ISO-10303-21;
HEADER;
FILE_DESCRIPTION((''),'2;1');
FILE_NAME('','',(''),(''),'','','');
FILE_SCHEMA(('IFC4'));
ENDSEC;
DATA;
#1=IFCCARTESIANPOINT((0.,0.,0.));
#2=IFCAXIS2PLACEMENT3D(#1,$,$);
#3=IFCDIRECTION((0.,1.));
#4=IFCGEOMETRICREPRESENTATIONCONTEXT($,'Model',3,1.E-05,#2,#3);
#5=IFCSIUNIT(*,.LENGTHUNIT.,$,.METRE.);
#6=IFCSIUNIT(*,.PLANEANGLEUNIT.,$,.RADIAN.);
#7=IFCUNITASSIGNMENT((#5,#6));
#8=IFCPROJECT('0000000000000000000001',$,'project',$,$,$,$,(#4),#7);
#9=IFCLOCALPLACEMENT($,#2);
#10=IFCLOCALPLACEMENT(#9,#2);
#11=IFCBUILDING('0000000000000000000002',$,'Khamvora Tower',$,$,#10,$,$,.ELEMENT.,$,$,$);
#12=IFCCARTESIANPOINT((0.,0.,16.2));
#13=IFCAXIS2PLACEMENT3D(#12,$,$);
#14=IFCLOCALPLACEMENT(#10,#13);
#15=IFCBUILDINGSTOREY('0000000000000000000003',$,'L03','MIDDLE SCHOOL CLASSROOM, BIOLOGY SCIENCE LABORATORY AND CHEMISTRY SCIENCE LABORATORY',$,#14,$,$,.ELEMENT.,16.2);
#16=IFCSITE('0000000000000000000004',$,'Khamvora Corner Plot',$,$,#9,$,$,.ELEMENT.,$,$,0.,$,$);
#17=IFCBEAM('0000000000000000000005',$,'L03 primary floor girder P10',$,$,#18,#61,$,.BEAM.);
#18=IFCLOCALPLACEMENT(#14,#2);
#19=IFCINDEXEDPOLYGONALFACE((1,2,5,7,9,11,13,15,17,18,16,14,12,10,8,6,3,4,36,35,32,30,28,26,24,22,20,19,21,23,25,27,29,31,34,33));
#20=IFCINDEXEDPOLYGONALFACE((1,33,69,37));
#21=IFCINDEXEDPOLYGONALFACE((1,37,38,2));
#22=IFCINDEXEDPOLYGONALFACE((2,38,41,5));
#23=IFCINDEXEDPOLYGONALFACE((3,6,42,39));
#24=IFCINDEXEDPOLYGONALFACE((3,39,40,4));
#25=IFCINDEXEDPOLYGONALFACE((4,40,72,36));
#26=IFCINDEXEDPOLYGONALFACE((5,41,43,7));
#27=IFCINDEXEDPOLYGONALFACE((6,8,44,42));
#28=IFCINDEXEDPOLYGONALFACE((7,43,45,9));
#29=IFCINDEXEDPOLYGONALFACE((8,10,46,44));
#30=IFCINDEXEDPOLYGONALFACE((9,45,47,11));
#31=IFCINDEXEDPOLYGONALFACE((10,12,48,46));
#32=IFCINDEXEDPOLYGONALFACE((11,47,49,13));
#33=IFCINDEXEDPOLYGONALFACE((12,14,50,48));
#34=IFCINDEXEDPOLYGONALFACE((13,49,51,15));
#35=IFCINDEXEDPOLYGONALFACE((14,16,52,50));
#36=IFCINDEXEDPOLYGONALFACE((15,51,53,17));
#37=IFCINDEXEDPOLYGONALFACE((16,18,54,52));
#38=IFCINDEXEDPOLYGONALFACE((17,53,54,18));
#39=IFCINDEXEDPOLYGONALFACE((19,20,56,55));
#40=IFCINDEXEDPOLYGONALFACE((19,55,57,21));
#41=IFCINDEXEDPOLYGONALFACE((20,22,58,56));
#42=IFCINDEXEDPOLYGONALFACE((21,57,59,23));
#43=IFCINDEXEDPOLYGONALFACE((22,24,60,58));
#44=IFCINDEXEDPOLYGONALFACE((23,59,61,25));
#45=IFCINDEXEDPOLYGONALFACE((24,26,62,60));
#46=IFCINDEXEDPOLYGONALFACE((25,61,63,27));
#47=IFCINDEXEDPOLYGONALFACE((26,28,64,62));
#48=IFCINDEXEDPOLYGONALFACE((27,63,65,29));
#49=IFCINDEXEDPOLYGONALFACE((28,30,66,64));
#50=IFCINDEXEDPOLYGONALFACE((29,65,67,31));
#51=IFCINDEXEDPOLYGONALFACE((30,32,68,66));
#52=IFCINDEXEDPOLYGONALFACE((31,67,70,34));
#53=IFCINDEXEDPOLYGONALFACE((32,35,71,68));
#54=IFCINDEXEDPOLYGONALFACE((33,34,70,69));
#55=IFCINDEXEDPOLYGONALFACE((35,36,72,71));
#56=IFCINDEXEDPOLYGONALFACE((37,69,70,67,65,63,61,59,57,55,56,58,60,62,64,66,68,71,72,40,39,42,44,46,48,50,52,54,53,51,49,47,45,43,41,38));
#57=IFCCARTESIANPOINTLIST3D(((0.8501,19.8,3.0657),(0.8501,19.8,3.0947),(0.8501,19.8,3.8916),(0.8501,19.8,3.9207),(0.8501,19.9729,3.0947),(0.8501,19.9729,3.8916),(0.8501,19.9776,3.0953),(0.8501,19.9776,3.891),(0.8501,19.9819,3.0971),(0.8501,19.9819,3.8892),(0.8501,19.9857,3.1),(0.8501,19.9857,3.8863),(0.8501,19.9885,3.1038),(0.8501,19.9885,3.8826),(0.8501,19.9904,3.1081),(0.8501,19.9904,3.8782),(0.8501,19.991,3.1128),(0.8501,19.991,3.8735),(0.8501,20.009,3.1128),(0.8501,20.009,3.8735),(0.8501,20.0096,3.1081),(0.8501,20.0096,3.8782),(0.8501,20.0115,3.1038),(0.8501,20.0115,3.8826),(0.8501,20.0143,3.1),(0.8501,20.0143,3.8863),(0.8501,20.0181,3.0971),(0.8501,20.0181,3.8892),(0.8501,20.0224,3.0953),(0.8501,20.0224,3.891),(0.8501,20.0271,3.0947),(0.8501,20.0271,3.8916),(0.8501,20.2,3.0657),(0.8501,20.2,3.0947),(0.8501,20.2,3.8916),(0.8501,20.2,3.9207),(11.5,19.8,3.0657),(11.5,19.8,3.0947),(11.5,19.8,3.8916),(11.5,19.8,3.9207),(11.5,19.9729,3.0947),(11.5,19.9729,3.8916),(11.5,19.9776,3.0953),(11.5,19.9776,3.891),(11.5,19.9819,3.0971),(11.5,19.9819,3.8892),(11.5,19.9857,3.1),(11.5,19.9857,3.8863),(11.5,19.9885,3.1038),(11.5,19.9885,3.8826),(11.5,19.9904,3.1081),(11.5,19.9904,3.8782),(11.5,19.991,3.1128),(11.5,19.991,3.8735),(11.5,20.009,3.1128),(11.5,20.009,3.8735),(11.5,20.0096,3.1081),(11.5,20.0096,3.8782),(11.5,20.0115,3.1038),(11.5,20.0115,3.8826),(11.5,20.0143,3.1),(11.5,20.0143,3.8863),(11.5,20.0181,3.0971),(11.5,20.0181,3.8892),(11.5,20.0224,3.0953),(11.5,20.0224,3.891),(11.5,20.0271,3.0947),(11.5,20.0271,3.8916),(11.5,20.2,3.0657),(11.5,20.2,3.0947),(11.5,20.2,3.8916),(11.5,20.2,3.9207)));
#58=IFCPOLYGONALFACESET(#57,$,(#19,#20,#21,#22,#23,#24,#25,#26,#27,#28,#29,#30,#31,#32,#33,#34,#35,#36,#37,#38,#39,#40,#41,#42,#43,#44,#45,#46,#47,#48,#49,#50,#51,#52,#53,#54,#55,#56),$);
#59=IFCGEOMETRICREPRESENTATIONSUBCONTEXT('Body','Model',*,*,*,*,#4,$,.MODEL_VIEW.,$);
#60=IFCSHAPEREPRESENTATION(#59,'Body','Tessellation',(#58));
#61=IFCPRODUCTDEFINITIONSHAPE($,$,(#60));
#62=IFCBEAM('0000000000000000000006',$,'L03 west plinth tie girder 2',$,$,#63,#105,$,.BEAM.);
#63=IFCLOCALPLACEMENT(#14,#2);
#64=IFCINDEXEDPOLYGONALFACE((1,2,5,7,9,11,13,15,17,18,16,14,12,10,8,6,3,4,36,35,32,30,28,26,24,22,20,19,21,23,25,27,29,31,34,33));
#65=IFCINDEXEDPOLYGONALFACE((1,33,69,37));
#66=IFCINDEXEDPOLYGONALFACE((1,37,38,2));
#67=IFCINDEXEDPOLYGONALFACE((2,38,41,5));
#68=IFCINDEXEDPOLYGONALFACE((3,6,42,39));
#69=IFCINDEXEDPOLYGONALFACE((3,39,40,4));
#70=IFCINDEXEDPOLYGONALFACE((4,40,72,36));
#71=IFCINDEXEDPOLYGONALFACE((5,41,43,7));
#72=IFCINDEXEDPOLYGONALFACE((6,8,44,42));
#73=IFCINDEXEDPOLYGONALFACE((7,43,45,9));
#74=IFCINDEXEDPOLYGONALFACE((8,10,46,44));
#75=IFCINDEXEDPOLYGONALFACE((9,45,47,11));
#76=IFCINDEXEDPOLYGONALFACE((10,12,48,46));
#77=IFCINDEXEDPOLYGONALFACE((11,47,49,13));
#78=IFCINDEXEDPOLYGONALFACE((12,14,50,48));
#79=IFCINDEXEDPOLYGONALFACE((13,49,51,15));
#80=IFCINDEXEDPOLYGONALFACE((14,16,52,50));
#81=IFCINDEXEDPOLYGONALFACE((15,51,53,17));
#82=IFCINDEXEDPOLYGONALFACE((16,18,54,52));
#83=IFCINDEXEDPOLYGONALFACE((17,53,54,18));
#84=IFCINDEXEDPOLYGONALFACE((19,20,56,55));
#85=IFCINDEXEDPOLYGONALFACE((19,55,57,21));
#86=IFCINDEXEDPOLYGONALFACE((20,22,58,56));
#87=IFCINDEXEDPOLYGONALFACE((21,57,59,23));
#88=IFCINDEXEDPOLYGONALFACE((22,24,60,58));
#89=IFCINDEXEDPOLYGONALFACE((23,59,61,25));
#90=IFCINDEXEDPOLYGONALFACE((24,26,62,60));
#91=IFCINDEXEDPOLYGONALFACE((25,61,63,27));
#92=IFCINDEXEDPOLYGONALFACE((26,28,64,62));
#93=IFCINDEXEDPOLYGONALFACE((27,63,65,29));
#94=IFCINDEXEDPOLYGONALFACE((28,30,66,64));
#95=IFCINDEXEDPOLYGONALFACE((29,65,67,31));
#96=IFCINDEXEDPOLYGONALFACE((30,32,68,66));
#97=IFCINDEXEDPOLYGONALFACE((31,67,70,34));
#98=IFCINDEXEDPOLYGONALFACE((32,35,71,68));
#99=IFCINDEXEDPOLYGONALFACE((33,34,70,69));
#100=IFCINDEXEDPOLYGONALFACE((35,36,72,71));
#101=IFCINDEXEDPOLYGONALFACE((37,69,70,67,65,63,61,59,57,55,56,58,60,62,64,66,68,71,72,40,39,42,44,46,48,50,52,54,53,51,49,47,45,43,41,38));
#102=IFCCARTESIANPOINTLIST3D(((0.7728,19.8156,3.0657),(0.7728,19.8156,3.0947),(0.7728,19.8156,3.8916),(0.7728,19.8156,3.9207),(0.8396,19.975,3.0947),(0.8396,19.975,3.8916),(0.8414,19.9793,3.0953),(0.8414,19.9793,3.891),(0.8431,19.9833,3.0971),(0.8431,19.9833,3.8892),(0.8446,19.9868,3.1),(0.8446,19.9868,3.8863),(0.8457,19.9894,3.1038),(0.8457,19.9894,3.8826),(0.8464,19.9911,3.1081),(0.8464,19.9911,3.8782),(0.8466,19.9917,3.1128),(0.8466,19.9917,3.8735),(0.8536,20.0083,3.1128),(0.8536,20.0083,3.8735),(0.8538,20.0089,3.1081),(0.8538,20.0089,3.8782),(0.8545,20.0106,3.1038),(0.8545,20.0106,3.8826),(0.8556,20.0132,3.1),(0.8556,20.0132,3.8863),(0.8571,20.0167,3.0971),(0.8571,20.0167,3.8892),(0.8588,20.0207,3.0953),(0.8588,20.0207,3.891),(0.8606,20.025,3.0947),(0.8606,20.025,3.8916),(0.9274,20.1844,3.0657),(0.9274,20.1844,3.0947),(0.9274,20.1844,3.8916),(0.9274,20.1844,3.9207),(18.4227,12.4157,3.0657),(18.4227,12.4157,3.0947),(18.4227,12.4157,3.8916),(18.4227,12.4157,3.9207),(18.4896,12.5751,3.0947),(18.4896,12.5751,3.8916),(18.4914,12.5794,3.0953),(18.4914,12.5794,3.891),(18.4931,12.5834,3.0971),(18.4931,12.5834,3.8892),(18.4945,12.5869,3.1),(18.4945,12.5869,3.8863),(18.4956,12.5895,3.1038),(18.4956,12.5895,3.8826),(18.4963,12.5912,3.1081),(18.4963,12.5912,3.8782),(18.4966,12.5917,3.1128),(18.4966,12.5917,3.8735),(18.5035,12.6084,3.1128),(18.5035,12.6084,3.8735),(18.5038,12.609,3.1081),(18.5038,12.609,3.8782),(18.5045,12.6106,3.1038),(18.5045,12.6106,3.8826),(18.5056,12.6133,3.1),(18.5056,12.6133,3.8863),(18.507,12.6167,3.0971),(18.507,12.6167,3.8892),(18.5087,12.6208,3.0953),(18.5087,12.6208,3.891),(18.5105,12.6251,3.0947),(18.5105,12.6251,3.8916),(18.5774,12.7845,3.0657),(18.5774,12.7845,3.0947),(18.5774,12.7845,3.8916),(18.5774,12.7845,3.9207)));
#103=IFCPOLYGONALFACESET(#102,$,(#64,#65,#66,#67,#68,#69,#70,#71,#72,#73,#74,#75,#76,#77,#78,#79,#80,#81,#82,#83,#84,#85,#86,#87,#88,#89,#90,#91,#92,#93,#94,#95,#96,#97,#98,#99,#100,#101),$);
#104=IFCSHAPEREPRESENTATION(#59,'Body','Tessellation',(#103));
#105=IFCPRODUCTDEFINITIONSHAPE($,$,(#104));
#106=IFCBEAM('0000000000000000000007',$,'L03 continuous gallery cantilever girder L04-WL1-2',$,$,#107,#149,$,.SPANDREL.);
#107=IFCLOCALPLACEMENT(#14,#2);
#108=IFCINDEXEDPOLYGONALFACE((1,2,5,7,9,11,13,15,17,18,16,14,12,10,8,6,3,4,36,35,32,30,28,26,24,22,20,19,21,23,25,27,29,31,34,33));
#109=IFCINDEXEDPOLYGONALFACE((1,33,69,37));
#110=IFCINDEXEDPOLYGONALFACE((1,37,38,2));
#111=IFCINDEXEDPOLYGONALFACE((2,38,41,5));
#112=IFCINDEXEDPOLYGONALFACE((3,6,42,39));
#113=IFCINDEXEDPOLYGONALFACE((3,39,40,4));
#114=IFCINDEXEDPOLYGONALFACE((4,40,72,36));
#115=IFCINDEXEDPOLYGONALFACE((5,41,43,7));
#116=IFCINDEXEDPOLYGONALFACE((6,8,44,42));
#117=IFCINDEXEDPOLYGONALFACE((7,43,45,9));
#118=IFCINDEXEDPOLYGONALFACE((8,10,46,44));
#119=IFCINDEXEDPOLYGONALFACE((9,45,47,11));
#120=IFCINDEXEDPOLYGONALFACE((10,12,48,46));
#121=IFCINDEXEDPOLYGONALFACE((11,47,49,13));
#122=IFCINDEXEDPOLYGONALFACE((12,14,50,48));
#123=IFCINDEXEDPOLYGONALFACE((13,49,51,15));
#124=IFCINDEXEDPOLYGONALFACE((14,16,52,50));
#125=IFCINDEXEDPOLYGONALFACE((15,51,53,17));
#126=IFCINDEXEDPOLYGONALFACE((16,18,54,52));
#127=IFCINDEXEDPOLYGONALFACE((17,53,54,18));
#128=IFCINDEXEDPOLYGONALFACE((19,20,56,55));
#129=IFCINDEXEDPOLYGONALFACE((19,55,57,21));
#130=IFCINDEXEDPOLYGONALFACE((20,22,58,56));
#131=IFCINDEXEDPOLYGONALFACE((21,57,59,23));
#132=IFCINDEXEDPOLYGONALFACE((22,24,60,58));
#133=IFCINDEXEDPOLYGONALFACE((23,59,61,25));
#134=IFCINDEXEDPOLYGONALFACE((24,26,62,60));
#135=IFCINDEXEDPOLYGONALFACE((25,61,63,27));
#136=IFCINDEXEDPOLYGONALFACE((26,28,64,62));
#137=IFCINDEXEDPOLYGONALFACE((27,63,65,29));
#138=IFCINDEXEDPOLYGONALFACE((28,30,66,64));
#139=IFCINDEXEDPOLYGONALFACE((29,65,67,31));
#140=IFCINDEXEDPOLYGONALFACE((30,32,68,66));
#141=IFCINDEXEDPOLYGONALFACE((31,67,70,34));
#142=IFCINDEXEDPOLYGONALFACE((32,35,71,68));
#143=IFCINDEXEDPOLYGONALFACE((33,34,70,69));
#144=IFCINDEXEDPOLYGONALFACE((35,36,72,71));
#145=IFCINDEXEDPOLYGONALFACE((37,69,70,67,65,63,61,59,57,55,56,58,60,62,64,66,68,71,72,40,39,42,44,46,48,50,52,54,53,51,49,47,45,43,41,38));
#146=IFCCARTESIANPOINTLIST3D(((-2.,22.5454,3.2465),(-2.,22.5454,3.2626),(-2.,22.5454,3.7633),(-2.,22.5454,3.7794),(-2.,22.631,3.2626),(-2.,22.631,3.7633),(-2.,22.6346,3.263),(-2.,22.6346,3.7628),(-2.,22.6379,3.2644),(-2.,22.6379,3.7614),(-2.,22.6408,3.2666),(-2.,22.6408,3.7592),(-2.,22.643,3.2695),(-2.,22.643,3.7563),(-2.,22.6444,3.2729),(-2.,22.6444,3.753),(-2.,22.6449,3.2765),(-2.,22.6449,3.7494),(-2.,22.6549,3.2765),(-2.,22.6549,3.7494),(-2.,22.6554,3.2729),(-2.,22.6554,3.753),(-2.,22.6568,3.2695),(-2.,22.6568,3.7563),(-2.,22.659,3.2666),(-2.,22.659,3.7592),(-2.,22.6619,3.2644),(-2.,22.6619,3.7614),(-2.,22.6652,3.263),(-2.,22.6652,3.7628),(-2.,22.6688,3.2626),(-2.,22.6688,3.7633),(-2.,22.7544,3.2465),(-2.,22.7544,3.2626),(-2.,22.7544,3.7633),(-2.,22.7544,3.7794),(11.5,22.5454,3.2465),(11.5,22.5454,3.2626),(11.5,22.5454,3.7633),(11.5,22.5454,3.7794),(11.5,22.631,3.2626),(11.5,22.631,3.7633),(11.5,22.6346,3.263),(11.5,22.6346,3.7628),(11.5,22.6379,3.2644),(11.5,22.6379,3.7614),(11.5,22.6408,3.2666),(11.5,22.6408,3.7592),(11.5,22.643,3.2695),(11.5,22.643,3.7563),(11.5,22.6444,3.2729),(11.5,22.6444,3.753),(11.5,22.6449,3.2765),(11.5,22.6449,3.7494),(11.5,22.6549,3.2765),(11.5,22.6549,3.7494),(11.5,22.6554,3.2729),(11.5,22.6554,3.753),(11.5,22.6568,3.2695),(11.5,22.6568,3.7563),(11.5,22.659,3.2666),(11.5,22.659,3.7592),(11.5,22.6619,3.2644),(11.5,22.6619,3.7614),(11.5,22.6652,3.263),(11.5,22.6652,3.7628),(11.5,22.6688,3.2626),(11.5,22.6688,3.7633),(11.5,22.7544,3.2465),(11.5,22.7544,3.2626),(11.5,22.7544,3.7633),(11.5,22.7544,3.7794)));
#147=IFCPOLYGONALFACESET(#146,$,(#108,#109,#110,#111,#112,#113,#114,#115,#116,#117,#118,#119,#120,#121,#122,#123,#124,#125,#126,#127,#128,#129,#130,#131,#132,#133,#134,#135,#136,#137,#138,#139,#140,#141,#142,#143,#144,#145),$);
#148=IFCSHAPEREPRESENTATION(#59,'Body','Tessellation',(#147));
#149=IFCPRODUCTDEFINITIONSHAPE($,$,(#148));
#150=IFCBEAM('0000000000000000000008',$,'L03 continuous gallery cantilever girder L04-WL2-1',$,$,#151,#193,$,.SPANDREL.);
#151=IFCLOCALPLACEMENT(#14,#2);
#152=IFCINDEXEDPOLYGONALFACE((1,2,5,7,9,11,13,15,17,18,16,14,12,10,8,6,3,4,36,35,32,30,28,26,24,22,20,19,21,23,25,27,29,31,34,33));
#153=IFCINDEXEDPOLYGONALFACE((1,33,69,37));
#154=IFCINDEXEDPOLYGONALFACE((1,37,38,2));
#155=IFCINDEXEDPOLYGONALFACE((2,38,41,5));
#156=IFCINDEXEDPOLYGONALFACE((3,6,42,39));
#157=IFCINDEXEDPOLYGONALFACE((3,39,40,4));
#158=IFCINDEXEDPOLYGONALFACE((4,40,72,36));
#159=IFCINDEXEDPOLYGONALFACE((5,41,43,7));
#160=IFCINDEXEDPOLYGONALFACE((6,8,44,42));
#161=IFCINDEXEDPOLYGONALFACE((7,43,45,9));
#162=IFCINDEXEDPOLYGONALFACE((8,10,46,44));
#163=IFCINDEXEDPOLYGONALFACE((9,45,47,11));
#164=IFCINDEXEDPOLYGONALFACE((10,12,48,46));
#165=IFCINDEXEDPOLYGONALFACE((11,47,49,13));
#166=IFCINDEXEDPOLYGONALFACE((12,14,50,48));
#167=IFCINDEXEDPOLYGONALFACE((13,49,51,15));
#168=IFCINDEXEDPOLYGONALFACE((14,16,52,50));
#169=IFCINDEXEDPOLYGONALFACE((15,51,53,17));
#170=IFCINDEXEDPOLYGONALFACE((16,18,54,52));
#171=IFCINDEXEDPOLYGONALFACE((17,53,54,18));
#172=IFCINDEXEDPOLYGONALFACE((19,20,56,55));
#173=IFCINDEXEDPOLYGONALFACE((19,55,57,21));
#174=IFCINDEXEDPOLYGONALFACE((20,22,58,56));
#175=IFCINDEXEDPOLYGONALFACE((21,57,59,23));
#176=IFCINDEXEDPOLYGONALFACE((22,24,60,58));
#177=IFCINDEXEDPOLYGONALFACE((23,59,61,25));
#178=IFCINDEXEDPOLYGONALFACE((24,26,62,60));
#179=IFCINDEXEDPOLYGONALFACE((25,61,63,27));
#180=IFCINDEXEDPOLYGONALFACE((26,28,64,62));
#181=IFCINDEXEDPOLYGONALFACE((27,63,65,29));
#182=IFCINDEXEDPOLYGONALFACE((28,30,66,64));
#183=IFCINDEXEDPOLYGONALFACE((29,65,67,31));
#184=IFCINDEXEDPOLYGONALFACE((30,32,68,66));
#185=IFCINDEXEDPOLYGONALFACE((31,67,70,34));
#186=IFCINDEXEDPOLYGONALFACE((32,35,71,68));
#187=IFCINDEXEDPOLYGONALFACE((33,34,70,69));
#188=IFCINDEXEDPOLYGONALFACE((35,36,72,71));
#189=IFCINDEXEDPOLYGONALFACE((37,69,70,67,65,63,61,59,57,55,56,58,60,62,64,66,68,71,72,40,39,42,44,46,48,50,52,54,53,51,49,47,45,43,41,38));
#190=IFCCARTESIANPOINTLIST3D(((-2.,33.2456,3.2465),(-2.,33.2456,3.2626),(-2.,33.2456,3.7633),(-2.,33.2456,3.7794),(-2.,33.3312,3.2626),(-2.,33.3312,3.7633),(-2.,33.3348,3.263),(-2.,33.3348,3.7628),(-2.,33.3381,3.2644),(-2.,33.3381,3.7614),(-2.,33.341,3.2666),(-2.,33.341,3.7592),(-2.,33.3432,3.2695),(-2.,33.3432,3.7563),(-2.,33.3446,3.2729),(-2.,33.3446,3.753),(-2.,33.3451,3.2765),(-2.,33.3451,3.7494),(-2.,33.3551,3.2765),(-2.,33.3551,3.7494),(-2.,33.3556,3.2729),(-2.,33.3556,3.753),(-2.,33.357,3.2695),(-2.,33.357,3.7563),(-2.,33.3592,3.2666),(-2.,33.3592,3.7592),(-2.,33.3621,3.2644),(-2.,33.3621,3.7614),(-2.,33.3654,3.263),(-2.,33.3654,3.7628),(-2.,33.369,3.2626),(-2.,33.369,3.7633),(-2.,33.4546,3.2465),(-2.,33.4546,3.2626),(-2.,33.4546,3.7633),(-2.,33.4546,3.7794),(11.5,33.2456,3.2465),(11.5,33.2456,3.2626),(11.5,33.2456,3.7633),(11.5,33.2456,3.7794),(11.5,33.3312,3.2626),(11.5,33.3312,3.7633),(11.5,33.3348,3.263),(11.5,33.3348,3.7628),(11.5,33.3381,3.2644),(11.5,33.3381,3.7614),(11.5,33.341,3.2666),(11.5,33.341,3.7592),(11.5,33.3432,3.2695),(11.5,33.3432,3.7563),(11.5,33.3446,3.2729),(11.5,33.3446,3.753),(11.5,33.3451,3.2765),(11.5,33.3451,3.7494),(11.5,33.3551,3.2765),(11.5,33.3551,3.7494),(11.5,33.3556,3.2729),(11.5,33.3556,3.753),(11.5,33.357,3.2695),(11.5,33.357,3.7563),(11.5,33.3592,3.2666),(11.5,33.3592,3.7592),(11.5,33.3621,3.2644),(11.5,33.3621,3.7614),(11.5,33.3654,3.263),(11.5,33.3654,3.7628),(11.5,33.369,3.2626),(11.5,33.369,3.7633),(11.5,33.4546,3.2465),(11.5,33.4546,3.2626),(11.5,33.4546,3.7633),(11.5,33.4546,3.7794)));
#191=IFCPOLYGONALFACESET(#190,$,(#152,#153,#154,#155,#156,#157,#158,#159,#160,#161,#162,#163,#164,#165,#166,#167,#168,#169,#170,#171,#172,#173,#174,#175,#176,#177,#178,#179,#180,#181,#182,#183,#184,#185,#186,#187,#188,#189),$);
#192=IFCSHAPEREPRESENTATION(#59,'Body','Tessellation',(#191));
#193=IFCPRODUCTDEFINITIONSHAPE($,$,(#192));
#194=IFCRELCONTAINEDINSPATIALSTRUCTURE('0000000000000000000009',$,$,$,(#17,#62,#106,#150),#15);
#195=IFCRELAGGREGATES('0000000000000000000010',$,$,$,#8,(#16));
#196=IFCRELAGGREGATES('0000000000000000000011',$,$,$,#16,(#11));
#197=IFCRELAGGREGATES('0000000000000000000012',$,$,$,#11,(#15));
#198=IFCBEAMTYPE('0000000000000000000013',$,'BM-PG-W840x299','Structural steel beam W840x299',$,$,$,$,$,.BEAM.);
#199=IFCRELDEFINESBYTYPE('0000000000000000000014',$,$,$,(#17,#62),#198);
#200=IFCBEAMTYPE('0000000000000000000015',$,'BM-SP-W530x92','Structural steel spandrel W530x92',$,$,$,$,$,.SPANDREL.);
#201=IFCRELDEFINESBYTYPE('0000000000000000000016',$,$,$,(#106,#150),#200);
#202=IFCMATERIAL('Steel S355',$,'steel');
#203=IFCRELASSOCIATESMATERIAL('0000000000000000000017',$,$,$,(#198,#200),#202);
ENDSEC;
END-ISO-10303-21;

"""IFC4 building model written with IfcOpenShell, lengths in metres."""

from ifc_helpers import new_model, si_unit, direction, frame, origin, origin_2d, place, context, subcontext, project, spatial, i_section, extrude, material, material_profile, profile_set, type_object, element, save


model = new_model("IFC4")

# Units and contexts
model_context = context("Model", 3, precision=1e-05, world=origin(), true_north=direction((0.0, 1.0)))
body_context = subcontext(model_context, "Body", "Model", "MODEL_VIEW")
ifc_project = project(units=[si_unit("LENGTHUNIT", "METRE"), si_unit("PLANEANGLEUNIT", "RADIAN")], contexts=[model_context])

# Site, building, storey
site_placement = place(None, origin())
site = spatial("IfcSite", under=ifc_project, at=site_placement, Name="Khamvora Corner Plot", CompositionType="ELEMENT", RefElevation=0.0)
building_placement = place(site_placement, origin())
building = spatial("IfcBuilding", under=site, at=building_placement, Name="Khamvora Tower", CompositionType="ELEMENT")
storey_placement = place(building_placement, frame((0.0, 0.0, 16.2)))
storey = spatial("IfcBuildingStorey", under=building, at=storey_placement, Name="L03", Description="MIDDLE SCHOOL CLASSROOM, BIOLOGY SCIENCE LABORATORY AND CHEMISTRY SCIENCE LABORATORY", CompositionType="ELEMENT", Elevation=16.2)

# Beams
ifc_material_1 = material(Name="Steel S355", Category="steel")
ifc_material_profile_1 = material_profile(ifc_material_1, i_section(OverallWidth=0.3999, OverallDepth=0.855, WebThickness=0.0181, FlangeThickness=0.0291, FilletRadius=0.0181, at=origin_2d()), Name="W840x299")
ifc_profile_set_1 = profile_set([ifc_material_profile_1], Name="Steel S355")
beam_type_1 = type_object("IfcBeamType", Name="BM-PG-W840x299", Description="Structural steel beam W840x299", PredefinedType="BEAM", material=ifc_profile_set_1)
beam_1_placement = place(storey_placement, frame((11.5, 20.0, 3.4932), z_axis=(-1.0, 0.0, 0.0), x_axis=(0.0, -1.0, 0.0)))
element("IfcBeam", 1, at=beam_1_placement, inside=storey, type_object=beam_type_1, Name="L03 primary floor girder P10", PredefinedType="BEAM", context=body_context, shape_type="SweptSolid", body=[
    extrude(i_section(OverallWidth=0.3999, OverallDepth=0.855, WebThickness=0.0181, FlangeThickness=0.0291, FilletRadius=0.0181, at=origin_2d()), origin(), (0.0, 0.0, 1.0), 10.6499),
])
beam_2_placement = place(storey_placement, frame((0.8501, 20.0, 3.4932), z_axis=(0.922225, -0.386652, 0.0), x_axis=(0.386652, 0.922225, 0.0)))
element("IfcBeam", 2, at=beam_2_placement, inside=storey, type_object=beam_type_1, Name="L03 west plinth tie girder 2", PredefinedType="BEAM", context=body_context, shape_type="SweptSolid", body=[
    extrude(i_section(OverallWidth=0.3999, OverallDepth=0.855, WebThickness=0.0181, FlangeThickness=0.0291, FilletRadius=0.0181, at=origin_2d()), origin(), (0.0, 0.0, 1.0), 19.1384),
])
ifc_material_profile_2 = material_profile(ifc_material_1, i_section(OverallWidth=0.209, OverallDepth=0.533, WebThickness=0.01, FlangeThickness=0.0161, FilletRadius=0.0139, at=origin_2d()), Name="W530x92")
ifc_profile_set_2 = profile_set([ifc_material_profile_2], Name="Steel S355")
beam_type_2 = type_object("IfcBeamType", Name="BM-SP-W530x92", Description="Structural steel spandrel W530x92", PredefinedType="SPANDREL", material=ifc_profile_set_2)
for number, where, z_axis, x_axis, name in (
    (3, (11.5, 22.6499, 3.5129), (-1.0, 0.0, 0.0), (0.0, -1.0, 0.0), "L03 continuous gallery cantilever girder L04-WL1-2"),
    (4, (11.5, 33.3501, 3.5129), (-1.0, 0.0, 0.0), (0.0, -1.0, 0.0), "L03 continuous gallery cantilever girder L04-WL2-1"),
):
    element("IfcBeam", number, at=place(storey_placement, frame(where, z_axis=z_axis, x_axis=x_axis)), inside=storey, type_object=beam_type_2, Name=name, PredefinedType="SPANDREL", context=body_context, shape_type="SweptSolid", body=[
        extrude(i_section(OverallWidth=0.209, OverallDepth=0.533, WebThickness=0.01, FlangeThickness=0.0161, FilletRadius=0.0139, at=origin_2d()), origin(), (0.0, 0.0, 1.0), 13.5),
    ])

save(model, "model.ifc")
